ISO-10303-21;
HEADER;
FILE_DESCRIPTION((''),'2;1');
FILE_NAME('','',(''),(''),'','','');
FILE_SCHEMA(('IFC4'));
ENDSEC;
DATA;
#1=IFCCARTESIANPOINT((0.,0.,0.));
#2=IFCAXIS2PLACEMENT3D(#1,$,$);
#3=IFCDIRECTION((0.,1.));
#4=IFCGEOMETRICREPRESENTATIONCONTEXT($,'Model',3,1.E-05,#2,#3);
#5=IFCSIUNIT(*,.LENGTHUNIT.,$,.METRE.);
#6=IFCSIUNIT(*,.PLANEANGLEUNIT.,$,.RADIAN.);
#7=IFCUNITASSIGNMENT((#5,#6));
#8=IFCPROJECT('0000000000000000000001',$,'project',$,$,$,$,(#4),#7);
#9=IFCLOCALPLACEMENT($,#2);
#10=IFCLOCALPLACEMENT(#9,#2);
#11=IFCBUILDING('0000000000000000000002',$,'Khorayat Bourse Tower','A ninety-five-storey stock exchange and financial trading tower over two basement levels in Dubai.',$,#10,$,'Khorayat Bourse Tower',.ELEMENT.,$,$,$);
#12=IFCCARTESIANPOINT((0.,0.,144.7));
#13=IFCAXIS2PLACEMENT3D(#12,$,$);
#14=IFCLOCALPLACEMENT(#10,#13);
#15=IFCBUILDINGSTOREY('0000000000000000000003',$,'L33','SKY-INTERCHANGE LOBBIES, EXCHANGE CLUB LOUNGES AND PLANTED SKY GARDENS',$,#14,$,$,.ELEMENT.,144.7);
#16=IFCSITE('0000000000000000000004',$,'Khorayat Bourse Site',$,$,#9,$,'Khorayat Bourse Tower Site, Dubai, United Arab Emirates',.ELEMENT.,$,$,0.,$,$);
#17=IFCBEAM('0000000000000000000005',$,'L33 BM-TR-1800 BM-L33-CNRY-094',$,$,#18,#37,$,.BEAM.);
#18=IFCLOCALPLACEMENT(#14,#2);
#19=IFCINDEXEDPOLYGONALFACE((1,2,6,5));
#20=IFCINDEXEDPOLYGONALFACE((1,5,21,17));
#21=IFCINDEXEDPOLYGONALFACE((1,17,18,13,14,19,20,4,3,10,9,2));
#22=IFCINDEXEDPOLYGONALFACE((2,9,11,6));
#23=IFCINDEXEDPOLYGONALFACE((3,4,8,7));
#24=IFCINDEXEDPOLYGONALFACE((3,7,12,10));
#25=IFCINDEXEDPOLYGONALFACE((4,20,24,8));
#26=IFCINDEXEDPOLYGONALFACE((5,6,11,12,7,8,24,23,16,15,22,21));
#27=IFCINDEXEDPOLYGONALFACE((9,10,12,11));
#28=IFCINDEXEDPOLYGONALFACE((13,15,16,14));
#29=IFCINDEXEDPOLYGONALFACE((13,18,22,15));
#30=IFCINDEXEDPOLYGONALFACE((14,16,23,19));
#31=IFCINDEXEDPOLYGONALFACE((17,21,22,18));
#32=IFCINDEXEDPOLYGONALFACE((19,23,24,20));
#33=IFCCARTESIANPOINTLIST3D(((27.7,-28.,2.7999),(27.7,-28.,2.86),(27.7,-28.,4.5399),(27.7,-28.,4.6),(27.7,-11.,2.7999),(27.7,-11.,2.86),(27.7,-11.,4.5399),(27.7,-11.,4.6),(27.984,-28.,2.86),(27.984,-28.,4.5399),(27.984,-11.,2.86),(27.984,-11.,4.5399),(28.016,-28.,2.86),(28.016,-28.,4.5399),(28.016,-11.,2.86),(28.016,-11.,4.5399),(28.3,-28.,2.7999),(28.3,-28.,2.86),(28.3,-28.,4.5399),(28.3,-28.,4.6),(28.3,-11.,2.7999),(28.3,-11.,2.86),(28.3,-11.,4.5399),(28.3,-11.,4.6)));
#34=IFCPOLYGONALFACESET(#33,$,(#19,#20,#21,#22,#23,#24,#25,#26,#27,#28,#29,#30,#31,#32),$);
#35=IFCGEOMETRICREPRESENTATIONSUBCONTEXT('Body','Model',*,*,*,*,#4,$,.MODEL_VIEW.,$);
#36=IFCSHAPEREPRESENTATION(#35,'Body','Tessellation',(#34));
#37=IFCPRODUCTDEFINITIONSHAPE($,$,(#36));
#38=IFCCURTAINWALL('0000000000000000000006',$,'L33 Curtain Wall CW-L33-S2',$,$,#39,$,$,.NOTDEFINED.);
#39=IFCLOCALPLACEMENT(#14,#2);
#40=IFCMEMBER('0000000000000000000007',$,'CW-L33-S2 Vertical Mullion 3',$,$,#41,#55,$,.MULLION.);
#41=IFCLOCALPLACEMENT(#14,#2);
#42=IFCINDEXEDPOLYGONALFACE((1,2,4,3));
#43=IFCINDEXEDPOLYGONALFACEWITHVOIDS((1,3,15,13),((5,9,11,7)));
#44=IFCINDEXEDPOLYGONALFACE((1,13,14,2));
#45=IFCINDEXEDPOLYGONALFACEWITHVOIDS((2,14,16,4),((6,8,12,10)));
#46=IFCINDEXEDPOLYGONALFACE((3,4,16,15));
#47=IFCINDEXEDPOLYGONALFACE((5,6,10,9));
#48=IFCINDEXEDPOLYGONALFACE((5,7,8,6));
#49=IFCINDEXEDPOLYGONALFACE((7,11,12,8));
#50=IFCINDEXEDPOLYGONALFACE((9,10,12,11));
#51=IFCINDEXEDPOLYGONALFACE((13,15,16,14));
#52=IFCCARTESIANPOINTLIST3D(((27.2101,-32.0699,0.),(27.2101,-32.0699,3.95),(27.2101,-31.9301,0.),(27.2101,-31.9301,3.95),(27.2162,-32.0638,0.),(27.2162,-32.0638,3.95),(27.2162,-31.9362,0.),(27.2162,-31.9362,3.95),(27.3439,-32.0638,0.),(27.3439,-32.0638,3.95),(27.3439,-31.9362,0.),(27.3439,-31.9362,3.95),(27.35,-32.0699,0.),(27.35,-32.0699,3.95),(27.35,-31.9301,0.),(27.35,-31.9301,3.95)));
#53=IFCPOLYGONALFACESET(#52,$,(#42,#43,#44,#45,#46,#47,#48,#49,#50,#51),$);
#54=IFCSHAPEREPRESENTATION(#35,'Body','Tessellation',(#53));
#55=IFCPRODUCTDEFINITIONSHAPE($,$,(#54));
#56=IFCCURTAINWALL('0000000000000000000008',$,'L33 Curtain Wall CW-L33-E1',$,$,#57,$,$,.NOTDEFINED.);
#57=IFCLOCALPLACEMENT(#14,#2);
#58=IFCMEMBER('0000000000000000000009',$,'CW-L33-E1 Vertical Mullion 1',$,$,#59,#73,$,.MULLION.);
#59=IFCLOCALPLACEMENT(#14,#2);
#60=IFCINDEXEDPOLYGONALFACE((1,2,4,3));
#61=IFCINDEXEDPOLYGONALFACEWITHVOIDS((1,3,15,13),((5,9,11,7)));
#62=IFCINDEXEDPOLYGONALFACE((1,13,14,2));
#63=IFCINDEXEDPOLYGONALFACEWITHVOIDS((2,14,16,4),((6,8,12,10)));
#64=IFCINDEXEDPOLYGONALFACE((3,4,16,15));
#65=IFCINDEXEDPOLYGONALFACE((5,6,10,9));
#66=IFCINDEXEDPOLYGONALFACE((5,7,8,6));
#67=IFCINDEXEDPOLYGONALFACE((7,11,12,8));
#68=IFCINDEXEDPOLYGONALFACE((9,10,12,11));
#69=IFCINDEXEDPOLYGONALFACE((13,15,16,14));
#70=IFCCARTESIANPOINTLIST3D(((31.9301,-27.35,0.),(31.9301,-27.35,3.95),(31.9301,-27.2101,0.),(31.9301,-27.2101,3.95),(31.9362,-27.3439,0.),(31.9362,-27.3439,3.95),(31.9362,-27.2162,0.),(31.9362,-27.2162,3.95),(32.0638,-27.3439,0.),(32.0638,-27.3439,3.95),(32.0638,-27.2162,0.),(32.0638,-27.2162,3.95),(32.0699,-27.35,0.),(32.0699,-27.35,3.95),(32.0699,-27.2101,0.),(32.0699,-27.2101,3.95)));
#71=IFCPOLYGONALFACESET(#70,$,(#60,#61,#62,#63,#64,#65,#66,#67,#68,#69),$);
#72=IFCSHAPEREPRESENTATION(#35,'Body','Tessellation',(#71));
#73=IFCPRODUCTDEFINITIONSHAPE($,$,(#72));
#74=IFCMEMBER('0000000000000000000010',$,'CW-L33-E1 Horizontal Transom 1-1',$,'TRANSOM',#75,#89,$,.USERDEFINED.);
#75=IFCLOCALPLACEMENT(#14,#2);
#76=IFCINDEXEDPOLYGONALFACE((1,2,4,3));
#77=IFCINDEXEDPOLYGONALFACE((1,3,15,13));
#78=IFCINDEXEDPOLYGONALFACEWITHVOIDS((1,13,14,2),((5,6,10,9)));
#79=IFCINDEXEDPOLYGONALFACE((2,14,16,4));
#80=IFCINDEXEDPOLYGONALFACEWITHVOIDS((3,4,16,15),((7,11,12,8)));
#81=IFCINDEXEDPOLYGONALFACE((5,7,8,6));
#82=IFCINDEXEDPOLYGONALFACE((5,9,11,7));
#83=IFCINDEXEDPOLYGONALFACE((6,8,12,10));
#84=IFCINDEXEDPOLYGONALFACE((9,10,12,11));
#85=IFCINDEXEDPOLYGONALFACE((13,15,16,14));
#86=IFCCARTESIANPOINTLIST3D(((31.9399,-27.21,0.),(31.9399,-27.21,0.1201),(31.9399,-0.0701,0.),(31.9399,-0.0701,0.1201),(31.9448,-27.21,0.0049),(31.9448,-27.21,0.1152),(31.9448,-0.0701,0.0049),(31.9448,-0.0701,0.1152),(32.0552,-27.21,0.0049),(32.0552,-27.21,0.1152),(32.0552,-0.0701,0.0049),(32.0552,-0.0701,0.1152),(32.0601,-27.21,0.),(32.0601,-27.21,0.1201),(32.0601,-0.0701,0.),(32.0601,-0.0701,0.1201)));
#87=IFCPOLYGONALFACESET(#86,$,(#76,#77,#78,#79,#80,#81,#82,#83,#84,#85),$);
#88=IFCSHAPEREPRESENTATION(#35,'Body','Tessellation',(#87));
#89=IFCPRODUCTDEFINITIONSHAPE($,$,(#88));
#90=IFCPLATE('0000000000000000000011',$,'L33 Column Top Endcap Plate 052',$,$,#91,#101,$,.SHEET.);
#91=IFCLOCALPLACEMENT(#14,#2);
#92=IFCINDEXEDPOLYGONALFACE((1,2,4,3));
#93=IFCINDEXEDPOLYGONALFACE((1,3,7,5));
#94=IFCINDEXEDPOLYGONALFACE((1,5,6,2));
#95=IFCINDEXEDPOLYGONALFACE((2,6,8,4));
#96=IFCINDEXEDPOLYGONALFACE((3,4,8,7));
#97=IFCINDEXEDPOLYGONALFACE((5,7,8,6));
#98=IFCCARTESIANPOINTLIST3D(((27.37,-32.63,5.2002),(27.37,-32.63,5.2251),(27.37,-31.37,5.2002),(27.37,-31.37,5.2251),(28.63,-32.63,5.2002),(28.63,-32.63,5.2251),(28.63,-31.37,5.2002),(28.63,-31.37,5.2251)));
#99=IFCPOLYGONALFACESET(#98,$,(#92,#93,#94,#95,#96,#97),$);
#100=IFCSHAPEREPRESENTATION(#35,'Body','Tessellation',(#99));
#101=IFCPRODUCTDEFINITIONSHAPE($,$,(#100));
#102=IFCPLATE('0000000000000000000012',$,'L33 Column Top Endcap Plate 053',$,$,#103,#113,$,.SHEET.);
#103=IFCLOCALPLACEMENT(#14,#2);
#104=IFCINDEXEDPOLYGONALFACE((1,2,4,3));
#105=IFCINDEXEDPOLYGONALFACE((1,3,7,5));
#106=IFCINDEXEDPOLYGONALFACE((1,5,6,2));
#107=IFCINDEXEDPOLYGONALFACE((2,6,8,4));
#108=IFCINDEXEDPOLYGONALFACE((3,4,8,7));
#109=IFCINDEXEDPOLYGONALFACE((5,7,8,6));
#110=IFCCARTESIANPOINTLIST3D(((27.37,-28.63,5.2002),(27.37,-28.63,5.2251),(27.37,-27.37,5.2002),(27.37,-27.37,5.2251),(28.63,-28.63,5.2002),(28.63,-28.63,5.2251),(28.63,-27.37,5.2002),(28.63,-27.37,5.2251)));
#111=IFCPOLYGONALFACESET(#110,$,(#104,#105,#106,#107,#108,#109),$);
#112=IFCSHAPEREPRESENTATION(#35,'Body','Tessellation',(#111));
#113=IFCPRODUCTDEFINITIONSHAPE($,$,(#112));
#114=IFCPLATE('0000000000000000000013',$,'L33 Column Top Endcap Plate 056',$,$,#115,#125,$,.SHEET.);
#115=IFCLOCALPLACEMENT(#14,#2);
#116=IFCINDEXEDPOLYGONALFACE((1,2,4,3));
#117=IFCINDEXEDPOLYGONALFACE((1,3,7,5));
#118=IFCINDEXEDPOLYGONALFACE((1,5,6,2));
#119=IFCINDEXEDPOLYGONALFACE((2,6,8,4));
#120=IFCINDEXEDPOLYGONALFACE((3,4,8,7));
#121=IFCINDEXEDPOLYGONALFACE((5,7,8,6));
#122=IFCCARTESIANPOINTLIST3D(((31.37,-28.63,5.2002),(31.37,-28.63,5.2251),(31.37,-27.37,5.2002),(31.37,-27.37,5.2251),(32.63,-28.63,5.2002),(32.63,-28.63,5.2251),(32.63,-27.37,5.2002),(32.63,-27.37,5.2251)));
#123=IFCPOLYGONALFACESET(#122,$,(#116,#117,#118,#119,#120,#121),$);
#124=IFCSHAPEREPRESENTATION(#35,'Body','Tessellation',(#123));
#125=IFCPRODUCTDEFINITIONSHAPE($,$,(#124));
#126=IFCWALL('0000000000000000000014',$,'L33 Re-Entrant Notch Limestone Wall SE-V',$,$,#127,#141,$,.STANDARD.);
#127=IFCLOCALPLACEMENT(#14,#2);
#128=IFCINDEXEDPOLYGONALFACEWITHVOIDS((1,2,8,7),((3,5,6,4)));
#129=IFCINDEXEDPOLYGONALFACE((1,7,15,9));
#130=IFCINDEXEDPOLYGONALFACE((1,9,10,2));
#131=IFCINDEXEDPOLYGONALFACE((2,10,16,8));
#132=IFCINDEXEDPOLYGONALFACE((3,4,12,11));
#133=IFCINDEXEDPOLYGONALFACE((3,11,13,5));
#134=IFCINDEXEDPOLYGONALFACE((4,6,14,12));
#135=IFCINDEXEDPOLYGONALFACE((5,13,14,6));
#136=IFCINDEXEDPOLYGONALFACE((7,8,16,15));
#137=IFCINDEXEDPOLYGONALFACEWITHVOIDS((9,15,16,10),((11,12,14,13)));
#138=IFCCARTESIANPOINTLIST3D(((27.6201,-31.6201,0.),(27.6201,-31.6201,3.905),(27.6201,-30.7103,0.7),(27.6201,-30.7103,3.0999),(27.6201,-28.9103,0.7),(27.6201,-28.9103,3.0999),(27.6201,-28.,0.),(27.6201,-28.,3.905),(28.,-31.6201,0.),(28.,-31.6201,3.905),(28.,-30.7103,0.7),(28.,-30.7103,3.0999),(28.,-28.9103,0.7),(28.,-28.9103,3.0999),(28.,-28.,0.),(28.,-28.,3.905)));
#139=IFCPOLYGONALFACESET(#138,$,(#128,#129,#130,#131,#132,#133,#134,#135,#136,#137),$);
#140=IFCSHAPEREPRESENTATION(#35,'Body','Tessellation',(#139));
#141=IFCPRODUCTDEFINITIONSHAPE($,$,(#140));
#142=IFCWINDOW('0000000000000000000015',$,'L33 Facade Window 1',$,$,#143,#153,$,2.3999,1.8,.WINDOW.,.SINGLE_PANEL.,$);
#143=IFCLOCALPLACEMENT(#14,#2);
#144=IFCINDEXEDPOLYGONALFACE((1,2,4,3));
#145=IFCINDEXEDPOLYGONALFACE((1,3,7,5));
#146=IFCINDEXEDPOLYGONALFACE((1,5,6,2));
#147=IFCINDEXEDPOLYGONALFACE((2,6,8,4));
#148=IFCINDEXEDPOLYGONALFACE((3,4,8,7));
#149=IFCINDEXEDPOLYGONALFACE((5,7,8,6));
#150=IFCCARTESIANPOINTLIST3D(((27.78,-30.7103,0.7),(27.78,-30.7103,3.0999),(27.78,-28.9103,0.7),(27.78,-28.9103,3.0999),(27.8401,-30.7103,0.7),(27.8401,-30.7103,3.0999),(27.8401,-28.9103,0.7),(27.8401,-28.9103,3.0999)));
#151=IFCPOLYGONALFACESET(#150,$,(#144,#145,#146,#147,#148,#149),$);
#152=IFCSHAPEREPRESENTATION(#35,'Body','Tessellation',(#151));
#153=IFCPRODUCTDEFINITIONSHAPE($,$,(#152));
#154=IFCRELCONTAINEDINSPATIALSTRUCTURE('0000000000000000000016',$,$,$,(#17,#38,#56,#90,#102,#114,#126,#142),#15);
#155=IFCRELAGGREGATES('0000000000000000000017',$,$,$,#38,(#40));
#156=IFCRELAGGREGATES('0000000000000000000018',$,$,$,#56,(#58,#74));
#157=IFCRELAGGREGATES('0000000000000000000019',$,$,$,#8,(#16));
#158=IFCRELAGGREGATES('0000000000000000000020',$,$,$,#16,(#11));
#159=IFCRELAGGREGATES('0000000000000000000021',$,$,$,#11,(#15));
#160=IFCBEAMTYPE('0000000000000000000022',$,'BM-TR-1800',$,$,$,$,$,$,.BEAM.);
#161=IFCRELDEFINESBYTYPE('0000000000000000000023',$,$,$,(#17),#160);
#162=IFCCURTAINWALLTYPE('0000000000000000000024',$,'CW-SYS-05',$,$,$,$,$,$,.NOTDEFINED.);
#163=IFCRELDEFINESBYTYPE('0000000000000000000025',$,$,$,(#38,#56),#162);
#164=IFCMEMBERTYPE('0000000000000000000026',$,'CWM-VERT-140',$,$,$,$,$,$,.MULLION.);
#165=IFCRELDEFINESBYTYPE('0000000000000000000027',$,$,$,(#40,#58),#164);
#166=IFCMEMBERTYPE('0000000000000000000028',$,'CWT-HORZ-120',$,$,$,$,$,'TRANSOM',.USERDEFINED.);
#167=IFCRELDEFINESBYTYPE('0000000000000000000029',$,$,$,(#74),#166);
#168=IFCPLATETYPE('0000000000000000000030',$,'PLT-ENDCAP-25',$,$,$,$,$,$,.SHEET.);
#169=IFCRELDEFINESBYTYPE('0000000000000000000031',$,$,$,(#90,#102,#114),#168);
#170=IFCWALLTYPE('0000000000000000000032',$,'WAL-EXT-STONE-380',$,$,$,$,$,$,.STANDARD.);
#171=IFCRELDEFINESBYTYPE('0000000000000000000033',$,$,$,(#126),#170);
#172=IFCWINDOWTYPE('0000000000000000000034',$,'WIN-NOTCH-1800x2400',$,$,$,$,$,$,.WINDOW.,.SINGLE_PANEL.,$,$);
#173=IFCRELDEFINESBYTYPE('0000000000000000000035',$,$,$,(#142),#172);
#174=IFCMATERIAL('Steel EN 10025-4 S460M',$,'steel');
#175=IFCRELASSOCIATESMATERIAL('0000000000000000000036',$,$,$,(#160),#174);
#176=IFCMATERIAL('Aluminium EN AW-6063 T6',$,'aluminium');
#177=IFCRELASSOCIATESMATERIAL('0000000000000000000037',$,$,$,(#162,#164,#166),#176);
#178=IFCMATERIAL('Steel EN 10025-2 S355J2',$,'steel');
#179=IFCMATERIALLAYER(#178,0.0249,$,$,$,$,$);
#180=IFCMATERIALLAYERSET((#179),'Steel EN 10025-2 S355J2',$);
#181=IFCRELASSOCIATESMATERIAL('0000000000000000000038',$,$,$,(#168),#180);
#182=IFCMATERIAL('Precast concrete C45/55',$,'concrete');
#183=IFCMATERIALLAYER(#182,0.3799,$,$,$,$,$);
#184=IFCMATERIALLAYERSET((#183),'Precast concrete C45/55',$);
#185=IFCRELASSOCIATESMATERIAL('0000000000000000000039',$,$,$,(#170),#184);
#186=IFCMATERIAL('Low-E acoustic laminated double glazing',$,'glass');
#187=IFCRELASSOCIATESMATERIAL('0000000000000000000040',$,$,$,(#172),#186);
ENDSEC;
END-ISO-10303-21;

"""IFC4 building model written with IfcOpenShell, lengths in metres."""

from ifc_helpers import new_model, si_unit, direction, frame, frame_2d, origin, origin_2d, place, context, subcontext, project, spatial, rectangle, hollow_rectangle, i_section, extrude, source, transform, mapped, material, layer, layer_set, material_profile, profile_set, type_object, element, fill, aggregate, save


model = new_model("IFC4")

# Units and contexts
model_context = context("Model", 3, precision=1e-05, world=origin(), true_north=direction((0.0, 1.0)))
body_context = subcontext(model_context, "Body", "Model", "MODEL_VIEW")
ifc_project = project(units=[si_unit("LENGTHUNIT", "METRE"), si_unit("PLANEANGLEUNIT", "RADIAN")], contexts=[model_context])

# Site, building, storey
site_placement = place(None, origin())
site = spatial("IfcSite", under=ifc_project, at=site_placement, Name="Khorayat Bourse Site", LongName="Khorayat Bourse Tower Site, Dubai, United Arab Emirates", CompositionType="ELEMENT", RefElevation=0.0)
building_placement = place(site_placement, origin())
building = spatial("IfcBuilding", under=site, at=building_placement, Name="Khorayat Bourse Tower", Description="A ninety-five-storey stock exchange and financial trading tower over two basement levels in Dubai.", LongName="Khorayat Bourse Tower", CompositionType="ELEMENT")
storey_placement = place(building_placement, frame((0.0, 0.0, 144.7)))
storey = spatial("IfcBuildingStorey", under=building, at=storey_placement, Name="L33", Description="SKY-INTERCHANGE LOBBIES, EXCHANGE CLUB LOUNGES AND PLANTED SKY GARDENS", CompositionType="ELEMENT", Elevation=144.7)

# Shared definitions
ifc_material_1 = material(Name="Steel EN 10025-4 S460M", Category="steel")

# Beam
ifc_material_profile_1 = material_profile(ifc_material_1, i_section(OverallWidth=0.6001, OverallDepth=1.8, WebThickness=0.032, FlangeThickness=0.0601, at=origin_2d()), Name="PG 1800x600x32x60")
ifc_profile_set_1 = profile_set([ifc_material_profile_1], Name="Steel EN 10025-4 S460M")
beam_type_1 = type_object("IfcBeamType", Name="BM-TR-1800", PredefinedType="BEAM", material=ifc_profile_set_1)
shared_shape_1 = source(origin(), body_context, "Body", "SweptSolid", [
    extrude(i_section(OverallWidth=0.6001, OverallDepth=1.8, WebThickness=0.032, FlangeThickness=0.0601, at=origin_2d()), origin(), (0.0, 0.0, 1.0), 17.0),
])
beam_1_placement = place(storey_placement, frame((28.0, -28.0, 3.7), z_axis=(0.0, 1.0, 0.0), x_axis=(-1.0, 0.0, 0.0)))
element("IfcBeam", 1, at=beam_1_placement, inside=storey, type_object=beam_type_1, Name="L33 BM-TR-1800 BM-L33-CNRY-094", PredefinedType="BEAM", context=body_context, shape_type="MappedRepresentation", body=[
    mapped(shared_shape_1, transform((0.0, 0.0, 0.0), scale=1.0)),
])

# Curtain wall, member
ifc_material_2 = material(Name="Aluminium EN AW-6063 T6", Category="aluminium")
curtain_wall_type = type_object("IfcCurtainWallType", Name="CW-SYS-05", PredefinedType="NOTDEFINED", material=ifc_material_2)
curtain_wall_1_placement = place(storey_placement, origin())
curtain_wall_1 = element("IfcCurtainWall", 2, at=curtain_wall_1_placement, inside=storey, type_object=curtain_wall_type, Name="L33 Curtain Wall CW-L33-S2", PredefinedType="NOTDEFINED")
ifc_material_profile_2 = material_profile(ifc_material_2, hollow_rectangle(XDim=0.1399, YDim=0.1399, WallThickness=0.0061, at=origin_2d()), Name="ALU 140x140x6")
ifc_profile_set_2 = profile_set([ifc_material_profile_2], Name="Aluminium EN AW-6063 T6")
member_type_1 = type_object("IfcMemberType", Name="CWM-VERT-140", PredefinedType="MULLION", material=ifc_profile_set_2)
shared_shape_2 = source(origin(), body_context, "Body", "SweptSolid", [
    extrude(hollow_rectangle(XDim=0.1399, YDim=0.1399, WallThickness=0.0061, at=origin_2d()), origin(), (0.0, 0.0, 1.0), 3.95),
])
member_1_placement = place(storey_placement, frame((27.28, -32.0, 0.0), z_axis=(0.0, 0.0, 1.0), x_axis=(0.0, 1.0, 0.0)))
member_1 = element("IfcMember", 3, at=member_1_placement, type_object=member_type_1, Name="CW-L33-S2 Vertical Mullion 3", PredefinedType="MULLION", context=body_context, shape_type="MappedRepresentation", body=[
    mapped(shared_shape_2, transform((0.0, 0.0, 0.0), scale=1.0)),
])
aggregate(curtain_wall_1, [member_1])

# Curtain wall, members
curtain_wall_2_placement = place(storey_placement, origin())
curtain_wall_2 = element("IfcCurtainWall", 4, at=curtain_wall_2_placement, inside=storey, type_object=curtain_wall_type, Name="L33 Curtain Wall CW-L33-E1", PredefinedType="NOTDEFINED")
member_2_placement = place(storey_placement, frame((32.0, -27.28, 0.0), z_axis=(0.0, 0.0, 1.0), x_axis=(-1.0, 0.0, 0.0)))
member_2 = element("IfcMember", 5, at=member_2_placement, type_object=member_type_1, Name="CW-L33-E1 Vertical Mullion 1", PredefinedType="MULLION", context=body_context, shape_type="MappedRepresentation", body=[
    mapped(shared_shape_2, transform((0.0, 0.0, 0.0), scale=1.0)),
])
ifc_material_profile_3 = material_profile(ifc_material_2, hollow_rectangle(XDim=0.1201, YDim=0.1201, WallThickness=0.0049, at=origin_2d()), Name="ALU 120x120x5")
ifc_profile_set_3 = profile_set([ifc_material_profile_3], Name="Aluminium EN AW-6063 T6")
member_type_2 = type_object("IfcMemberType", Name="CWT-HORZ-120", ElementType="TRANSOM", PredefinedType="USERDEFINED", material=ifc_profile_set_3)
shared_shape_3 = source(origin(), body_context, "Body", "SweptSolid", [
    extrude(hollow_rectangle(XDim=0.1201, YDim=0.1201, WallThickness=0.0049, at=origin_2d()), origin(), (0.0, 0.0, 1.0), 27.1399),
])
member_3_placement = place(storey_placement, frame((32.0, -27.21, 0.0601), z_axis=(0.0, 1.0, 0.0), x_axis=(-1.0, 0.0, 0.0)))
member_3 = element("IfcMember", 6, at=member_3_placement, type_object=member_type_2, Name="CW-L33-E1 Horizontal Transom 1-1", ObjectType="TRANSOM", PredefinedType="USERDEFINED", context=body_context, shape_type="MappedRepresentation", body=[
    mapped(shared_shape_3, transform((0.0, 0.0, 0.0), scale=1.0)),
])
aggregate(curtain_wall_2, [member_2, member_3])

# Plates
ifc_material_3 = material(Name="Steel EN 10025-2 S355J2", Category="steel")
ifc_layer_1 = layer(ifc_material_3, 0.0249)
ifc_layer_set_1 = layer_set([ifc_layer_1], Name="Steel EN 10025-2 S355J2")
plate_type = type_object("IfcPlateType", Name="PLT-ENDCAP-25", PredefinedType="SHEET", material=ifc_layer_set_1)
shared_shape_4 = source(origin(), body_context, "Body", "SweptSolid", [
    extrude(rectangle(XDim=1.26, YDim=1.26, at=origin_2d()), origin(), (0.0, 0.0, 1.0), 0.0249),
])
for number, where, z_axis, x_axis, name in (
    (7, (28.0, -32.0, 5.2002), (0.0, 0.0, 1.0), (1.0, 0.0, 0.0), "L33 Column Top Endcap Plate 052"),
    (8, (28.0, -28.0, 5.2002), (0.0, 0.0, 1.0), (1.0, 0.0, 0.0), "L33 Column Top Endcap Plate 053"),
    (9, (32.0, -28.0, 5.2002), (0.0, 0.0, 1.0), (1.0, 0.0, 0.0), "L33 Column Top Endcap Plate 056"),
):
    element("IfcPlate", number, at=place(storey_placement, frame(where, z_axis=z_axis, x_axis=x_axis)), inside=storey, type_object=plate_type, Name=name, PredefinedType="SHEET", context=body_context, shape_type="MappedRepresentation", body=[
        mapped(shared_shape_4, transform((0.0, 0.0, 0.0), scale=1.0)),
    ])

# Wall, opening, window
ifc_material_4 = material(Name="Precast concrete C45/55", Category="concrete")
ifc_layer_2 = layer(ifc_material_4, 0.3799)
ifc_layer_set_2 = layer_set([ifc_layer_2], Name="Precast concrete C45/55")
wall_type = type_object("IfcWallType", Name="WAL-EXT-STONE-380", PredefinedType="STANDARD", material=ifc_layer_set_2)
shared_shape_5 = source(origin(), body_context, "Body", "SweptSolid", [
    extrude(rectangle(XDim=3.6201, YDim=0.3799, at=frame_2d((1.8101, 0.0))), origin(), (0.0, 0.0, 1.0), 3.905),
])
wall_1_placement = place(storey_placement, frame((27.8101, -31.6201, 0.0), z_axis=(0.0, 0.0, 1.0), x_axis=(0.0, 1.0, 0.0)))
wall_1 = element("IfcWall", 10, at=wall_1_placement, inside=storey, type_object=wall_type, Name="L33 Re-Entrant Notch Limestone Wall SE-V", PredefinedType="STANDARD", context=body_context, shape_type="MappedRepresentation", body=[
    mapped(shared_shape_5, transform((0.0, 0.0, 0.0), scale=1.0)),
])
shared_shape_6 = source(origin(), body_context, "Body", "SweptSolid", [
    extrude(rectangle(XDim=1.8, YDim=2.3999, at=frame_2d((0.8999, 1.2))), frame((0.0, 0.2, 0.0), z_axis=(0.0, -1.0, 0.0), x_axis=(1.0, 0.0, 0.0)), (0.0, 0.0, 1.0), 0.3999),
])
opening_1_placement = place(wall_1_placement, frame((0.9099, 0.0, 0.7)))
opening_1 = element("IfcOpeningElement", 11, at=opening_1_placement, cuts=wall_1, PredefinedType="OPENING", context=body_context, shape_type="MappedRepresentation", body=[
    mapped(shared_shape_6, transform((0.0, 0.0, 0.0), scale=1.0)),
])
ifc_material_5 = material(Name="Low-E acoustic laminated double glazing", Category="glass")
window_type = type_object("IfcWindowType", Name="WIN-NOTCH-1800x2400", PartitioningType="SINGLE_PANEL", PredefinedType="WINDOW", material=ifc_material_5)
shared_shape_7 = source(origin(), body_context, "Body", "SweptSolid", [
    extrude(rectangle(XDim=1.8, YDim=2.3999, at=frame_2d((0.8999, 1.2))), frame((0.0, 0.03, 0.0), z_axis=(0.0, -1.0, 0.0), x_axis=(1.0, 0.0, 0.0)), (0.0, 0.0, 1.0), 0.0601),
])
window_1_placement = place(opening_1_placement, origin())
window_1 = element("IfcWindow", 12, at=window_1_placement, inside=storey, type_object=window_type, Name="L33 Facade Window 1", OverallHeight=2.3999, OverallWidth=1.8, PartitioningType="SINGLE_PANEL", PredefinedType="WINDOW", context=body_context, shape_type="MappedRepresentation", body=[
    mapped(shared_shape_7, transform((0.0, 0.0, 0.0), scale=1.0)),
])
fill(opening_1, window_1)

save(model, "model.ifc")
